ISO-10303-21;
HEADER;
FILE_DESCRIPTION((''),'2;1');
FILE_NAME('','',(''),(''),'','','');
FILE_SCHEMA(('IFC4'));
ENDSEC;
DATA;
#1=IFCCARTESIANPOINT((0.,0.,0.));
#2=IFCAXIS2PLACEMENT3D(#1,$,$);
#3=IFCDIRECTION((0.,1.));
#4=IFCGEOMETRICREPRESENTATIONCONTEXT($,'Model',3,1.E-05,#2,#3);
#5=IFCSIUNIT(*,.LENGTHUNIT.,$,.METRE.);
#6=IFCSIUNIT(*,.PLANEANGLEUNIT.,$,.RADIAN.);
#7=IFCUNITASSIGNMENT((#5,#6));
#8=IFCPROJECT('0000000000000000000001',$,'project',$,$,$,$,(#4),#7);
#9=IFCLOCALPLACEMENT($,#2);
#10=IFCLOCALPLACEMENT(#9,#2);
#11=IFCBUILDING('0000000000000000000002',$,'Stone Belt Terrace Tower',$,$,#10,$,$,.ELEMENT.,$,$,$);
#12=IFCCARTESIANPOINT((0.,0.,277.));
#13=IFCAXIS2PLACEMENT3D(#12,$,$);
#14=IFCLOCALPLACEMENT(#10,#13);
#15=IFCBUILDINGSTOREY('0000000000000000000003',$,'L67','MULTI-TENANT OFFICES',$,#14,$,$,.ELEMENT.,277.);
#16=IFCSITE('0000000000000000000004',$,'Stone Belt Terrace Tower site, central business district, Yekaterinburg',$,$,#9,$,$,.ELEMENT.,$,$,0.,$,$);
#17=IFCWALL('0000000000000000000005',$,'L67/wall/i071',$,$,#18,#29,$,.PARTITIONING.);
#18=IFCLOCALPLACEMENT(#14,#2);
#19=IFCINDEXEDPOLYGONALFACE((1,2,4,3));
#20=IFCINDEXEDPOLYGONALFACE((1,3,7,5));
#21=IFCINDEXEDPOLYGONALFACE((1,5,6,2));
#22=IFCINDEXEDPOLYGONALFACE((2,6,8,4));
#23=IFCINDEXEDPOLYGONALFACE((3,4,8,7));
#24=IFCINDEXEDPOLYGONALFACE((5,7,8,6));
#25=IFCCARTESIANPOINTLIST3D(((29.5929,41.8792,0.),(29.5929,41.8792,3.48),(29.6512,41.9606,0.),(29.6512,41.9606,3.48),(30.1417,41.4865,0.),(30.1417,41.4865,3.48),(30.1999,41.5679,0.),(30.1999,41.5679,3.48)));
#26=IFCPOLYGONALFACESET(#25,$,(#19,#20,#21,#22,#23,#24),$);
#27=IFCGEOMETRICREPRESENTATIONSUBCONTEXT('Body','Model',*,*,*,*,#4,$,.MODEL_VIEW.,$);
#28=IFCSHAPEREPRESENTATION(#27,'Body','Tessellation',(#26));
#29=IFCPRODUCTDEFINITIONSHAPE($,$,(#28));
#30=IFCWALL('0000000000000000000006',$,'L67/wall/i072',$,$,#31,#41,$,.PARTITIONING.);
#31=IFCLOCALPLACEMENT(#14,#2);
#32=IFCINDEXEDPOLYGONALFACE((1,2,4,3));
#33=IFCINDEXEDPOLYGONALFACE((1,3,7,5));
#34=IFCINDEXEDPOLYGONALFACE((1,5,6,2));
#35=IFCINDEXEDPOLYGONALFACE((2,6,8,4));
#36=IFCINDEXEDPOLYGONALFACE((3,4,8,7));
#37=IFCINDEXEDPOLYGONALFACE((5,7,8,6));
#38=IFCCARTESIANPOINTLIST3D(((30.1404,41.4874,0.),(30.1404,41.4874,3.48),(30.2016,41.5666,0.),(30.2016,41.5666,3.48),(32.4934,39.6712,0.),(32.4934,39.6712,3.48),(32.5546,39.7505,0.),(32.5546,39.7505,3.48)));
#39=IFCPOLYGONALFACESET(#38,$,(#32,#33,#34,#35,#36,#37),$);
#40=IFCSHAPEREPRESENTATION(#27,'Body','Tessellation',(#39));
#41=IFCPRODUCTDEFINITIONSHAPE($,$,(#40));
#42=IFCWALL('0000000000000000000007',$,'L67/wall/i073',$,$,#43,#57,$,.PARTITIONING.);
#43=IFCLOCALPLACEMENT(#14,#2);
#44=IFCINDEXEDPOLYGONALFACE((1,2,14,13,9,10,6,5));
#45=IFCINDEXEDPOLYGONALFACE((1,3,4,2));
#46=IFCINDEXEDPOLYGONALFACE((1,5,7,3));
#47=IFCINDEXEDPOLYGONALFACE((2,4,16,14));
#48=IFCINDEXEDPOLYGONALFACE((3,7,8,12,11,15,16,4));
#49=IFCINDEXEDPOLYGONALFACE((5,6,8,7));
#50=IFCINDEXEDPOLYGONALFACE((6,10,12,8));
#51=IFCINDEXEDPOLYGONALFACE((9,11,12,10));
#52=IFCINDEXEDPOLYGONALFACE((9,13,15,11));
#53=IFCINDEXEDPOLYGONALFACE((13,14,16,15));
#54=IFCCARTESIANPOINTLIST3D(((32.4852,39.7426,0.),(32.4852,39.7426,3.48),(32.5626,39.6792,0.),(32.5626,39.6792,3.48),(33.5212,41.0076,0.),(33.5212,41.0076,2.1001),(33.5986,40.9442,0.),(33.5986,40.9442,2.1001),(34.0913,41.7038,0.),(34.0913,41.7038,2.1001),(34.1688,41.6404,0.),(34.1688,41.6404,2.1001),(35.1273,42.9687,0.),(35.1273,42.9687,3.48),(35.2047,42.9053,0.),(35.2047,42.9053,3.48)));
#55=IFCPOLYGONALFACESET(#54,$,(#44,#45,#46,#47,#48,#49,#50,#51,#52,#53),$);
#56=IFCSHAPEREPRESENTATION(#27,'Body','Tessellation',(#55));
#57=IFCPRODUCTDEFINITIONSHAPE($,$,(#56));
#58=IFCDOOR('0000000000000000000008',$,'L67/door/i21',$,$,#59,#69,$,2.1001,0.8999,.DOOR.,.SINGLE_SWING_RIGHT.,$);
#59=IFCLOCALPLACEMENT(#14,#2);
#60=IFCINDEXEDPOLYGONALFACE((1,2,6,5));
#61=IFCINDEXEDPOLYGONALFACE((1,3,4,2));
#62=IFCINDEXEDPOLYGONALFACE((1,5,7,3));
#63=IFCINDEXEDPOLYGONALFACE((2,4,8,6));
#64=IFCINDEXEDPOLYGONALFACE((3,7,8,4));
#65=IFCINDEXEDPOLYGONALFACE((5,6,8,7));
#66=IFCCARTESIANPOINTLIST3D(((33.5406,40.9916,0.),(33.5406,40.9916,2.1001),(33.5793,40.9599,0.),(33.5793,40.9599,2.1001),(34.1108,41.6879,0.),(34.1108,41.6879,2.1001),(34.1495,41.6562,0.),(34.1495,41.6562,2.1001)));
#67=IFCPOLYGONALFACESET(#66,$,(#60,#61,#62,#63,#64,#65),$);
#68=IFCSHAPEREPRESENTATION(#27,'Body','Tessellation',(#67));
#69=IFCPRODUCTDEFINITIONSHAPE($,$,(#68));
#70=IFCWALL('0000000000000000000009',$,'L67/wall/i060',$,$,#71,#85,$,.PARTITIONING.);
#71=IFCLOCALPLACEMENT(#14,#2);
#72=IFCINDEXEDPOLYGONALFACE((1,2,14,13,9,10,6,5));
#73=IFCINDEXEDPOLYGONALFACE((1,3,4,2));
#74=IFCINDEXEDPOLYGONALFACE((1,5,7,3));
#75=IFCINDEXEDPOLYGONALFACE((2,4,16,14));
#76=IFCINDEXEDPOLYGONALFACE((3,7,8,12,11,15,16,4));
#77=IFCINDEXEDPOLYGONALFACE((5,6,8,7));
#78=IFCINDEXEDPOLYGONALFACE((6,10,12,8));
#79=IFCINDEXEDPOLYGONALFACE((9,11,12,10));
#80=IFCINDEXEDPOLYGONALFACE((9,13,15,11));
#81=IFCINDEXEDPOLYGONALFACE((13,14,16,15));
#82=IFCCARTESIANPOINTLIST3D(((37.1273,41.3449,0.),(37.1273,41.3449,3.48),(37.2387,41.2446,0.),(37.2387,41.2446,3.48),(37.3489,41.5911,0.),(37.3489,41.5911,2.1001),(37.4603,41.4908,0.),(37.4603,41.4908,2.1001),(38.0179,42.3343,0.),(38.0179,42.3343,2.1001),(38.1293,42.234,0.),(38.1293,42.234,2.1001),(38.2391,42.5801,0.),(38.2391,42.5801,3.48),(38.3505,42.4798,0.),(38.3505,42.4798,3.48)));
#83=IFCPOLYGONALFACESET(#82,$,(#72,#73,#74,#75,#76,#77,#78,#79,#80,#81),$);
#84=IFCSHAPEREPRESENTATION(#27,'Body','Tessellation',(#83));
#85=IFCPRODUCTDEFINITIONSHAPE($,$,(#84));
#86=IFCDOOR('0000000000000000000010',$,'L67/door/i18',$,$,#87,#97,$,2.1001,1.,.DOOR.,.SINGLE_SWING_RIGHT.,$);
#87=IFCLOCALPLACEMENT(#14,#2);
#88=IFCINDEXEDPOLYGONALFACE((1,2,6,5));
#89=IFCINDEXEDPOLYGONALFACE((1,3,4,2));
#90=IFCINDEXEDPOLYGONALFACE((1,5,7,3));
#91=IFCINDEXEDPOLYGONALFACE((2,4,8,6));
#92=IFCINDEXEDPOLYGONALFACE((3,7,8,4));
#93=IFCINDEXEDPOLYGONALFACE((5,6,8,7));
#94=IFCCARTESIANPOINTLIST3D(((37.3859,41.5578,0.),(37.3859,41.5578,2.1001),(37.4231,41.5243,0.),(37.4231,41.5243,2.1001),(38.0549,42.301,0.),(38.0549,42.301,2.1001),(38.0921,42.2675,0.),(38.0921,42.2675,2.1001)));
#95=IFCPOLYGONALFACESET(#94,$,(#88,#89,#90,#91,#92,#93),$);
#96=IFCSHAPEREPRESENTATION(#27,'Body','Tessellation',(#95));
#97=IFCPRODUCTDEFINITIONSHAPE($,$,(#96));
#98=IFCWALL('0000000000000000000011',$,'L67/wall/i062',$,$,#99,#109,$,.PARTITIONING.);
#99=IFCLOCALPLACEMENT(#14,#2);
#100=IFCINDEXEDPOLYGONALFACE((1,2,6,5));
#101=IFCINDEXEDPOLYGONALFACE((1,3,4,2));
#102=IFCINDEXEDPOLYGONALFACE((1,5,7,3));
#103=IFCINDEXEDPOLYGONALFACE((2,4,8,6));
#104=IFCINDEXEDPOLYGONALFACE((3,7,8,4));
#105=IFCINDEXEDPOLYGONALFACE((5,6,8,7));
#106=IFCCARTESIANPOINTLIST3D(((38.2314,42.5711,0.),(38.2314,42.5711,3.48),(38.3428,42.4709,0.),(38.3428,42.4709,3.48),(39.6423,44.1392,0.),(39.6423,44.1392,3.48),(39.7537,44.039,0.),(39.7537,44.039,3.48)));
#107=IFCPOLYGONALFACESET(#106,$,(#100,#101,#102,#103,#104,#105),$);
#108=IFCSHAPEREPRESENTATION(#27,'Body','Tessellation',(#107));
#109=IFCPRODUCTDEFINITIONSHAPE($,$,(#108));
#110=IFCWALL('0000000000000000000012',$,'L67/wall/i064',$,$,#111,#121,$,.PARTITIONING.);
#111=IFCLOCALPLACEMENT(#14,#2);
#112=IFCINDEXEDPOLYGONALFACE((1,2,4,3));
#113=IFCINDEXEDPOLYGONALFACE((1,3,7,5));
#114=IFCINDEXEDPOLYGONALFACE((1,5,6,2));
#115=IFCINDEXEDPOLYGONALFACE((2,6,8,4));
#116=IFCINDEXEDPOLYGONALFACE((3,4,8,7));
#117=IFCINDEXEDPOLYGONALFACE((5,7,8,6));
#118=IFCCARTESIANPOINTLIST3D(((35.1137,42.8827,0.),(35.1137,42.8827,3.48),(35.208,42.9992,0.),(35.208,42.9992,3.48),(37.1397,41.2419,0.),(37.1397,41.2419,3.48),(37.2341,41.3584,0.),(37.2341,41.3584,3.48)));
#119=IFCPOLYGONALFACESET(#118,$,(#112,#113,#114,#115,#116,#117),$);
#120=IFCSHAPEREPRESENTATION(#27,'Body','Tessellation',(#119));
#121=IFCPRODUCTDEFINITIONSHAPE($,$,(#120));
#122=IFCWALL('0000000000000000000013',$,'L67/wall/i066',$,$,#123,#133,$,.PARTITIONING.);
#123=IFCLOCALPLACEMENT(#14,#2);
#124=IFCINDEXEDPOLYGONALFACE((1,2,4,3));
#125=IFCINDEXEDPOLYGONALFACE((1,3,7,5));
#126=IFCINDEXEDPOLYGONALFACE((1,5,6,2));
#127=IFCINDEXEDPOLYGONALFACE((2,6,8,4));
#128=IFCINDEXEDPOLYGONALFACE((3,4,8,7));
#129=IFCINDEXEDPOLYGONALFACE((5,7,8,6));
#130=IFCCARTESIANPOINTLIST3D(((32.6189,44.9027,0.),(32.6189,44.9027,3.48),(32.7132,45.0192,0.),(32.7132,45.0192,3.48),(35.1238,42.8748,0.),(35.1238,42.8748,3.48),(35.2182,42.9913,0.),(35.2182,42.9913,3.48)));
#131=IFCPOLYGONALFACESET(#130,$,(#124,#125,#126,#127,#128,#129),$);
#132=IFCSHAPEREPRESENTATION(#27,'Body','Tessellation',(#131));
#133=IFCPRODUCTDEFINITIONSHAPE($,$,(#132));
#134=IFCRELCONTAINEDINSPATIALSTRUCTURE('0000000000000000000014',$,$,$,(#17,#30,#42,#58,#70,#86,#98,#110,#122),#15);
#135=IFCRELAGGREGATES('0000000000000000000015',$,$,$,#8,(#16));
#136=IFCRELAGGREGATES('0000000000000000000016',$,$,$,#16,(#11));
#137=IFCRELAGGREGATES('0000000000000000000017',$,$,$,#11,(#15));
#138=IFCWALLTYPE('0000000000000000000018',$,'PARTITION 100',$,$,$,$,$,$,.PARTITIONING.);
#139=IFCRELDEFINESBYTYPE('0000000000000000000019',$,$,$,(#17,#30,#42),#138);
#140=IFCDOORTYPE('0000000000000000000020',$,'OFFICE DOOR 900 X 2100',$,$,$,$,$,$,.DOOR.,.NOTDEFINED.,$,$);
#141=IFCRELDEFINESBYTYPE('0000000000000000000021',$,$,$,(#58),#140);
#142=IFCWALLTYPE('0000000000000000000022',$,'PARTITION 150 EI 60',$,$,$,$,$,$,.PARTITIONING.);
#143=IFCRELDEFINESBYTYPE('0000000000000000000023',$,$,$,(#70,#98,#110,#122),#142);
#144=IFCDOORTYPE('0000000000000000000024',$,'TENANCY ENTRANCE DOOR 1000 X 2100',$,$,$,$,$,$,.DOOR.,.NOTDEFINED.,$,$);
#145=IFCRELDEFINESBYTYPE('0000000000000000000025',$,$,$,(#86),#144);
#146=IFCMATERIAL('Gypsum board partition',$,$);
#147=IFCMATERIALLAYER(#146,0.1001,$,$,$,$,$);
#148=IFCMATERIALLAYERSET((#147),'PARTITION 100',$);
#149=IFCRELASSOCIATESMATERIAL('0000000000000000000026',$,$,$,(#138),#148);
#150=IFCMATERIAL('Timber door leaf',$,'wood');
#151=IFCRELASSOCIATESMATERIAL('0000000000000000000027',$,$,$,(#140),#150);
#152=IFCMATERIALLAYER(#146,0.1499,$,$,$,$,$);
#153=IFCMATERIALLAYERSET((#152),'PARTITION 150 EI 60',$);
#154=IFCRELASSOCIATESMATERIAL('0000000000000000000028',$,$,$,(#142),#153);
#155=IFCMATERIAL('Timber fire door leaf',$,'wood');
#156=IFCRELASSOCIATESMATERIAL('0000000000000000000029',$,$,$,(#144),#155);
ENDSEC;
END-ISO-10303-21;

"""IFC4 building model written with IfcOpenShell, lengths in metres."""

from ifc_helpers import new_model, si_unit, direction, frame, frame_2d, origin, place, context, subcontext, project, spatial, rectangle, extrude, material, layer, layer_set, type_object, element, fill, save


model = new_model("IFC4")

# Units and contexts
model_context = context("Model", 3, precision=1e-05, world=origin(), true_north=direction((0.0, 1.0)))
body_context = subcontext(model_context, "Body", "Model", "MODEL_VIEW")
ifc_project = project(units=[si_unit("LENGTHUNIT", "METRE"), si_unit("PLANEANGLEUNIT", "RADIAN")], contexts=[model_context])

# Site, building, storey
site_placement = place(None, origin())
site = spatial("IfcSite", under=ifc_project, at=site_placement, Name="Stone Belt Terrace Tower site, central business district, Yekaterinburg", CompositionType="ELEMENT", RefElevation=0.0)
building_placement = place(site_placement, origin())
building = spatial("IfcBuilding", under=site, at=building_placement, Name="Stone Belt Terrace Tower", CompositionType="ELEMENT")
storey_placement = place(building_placement, frame((0.0, 0.0, 277.0)))
storey = spatial("IfcBuildingStorey", under=building, at=storey_placement, Name="L67", Description="MULTI-TENANT OFFICES", CompositionType="ELEMENT", Elevation=277.0)

# Walls
ifc_material_1 = material(Name="Gypsum board partition")
ifc_layer_1 = layer(ifc_material_1, 0.1001)
ifc_layer_set_1 = layer_set([ifc_layer_1], Name="PARTITION 100")
wall_type_1 = type_object("IfcWallType", Name="PARTITION 100", PredefinedType="PARTITIONING", material=ifc_layer_set_1)
wall_1_placement = place(storey_placement, frame((29.6221, 41.9199, 0.0), z_axis=(0.0, 0.0, 1.0), x_axis=(0.813171, -0.582025, 0.0)))
element("IfcWall", 1, at=wall_1_placement, inside=storey, type_object=wall_type_1, Name="L67/wall/i071", PredefinedType="PARTITIONING", context=body_context, shape_type="SweptSolid", body=[
    extrude(rectangle(XDim=0.6748, YDim=0.1001, at=frame_2d((0.3374, 0.0))), origin(), (0.0, 0.0, 1.0), 3.48),
])
wall_2_placement = place(storey_placement, frame((30.1709, 41.5271, 0.0), z_axis=(0.0, 0.0, 1.0), x_axis=(0.791624, -0.611008, 0.0)))
element("IfcWall", 2, at=wall_2_placement, inside=storey, type_object=wall_type_1, Name="L67/wall/i072", PredefinedType="PARTITIONING", context=body_context, shape_type="SweptSolid", body=[
    extrude(rectangle(XDim=2.9724, YDim=0.1001, at=frame_2d((1.4863, 0.0))), origin(), (0.0, 0.0, 1.0), 3.48),
])

# Walls, openings, doors
wall_3_placement = place(storey_placement, frame((32.5239, 39.7109, 0.0), z_axis=(0.0, 0.0, 1.0), x_axis=(0.633608, 0.773655, 0.0)))
wall_3 = element("IfcWall", 3, at=wall_3_placement, inside=storey, type_object=wall_type_1, Name="L67/wall/i073", PredefinedType="PARTITIONING", context=body_context, shape_type="SweptSolid", body=[
    extrude(rectangle(XDim=4.1699, YDim=0.1001, at=frame_2d((2.085, 0.0))), origin(), (0.0, 0.0, 1.0), 3.48),
])
opening_1_placement = place(wall_3_placement, frame((1.635, 0.0, 0.0)))
opening_1 = element("IfcOpeningElement", 4, at=opening_1_placement, cuts=wall_3, PredefinedType="OPENING", context=body_context, shape_type="SweptSolid", body=[
    extrude(rectangle(XDim=0.8999, YDim=2.1001, at=frame_2d((0.45, 1.05))), frame((0.0, 0.0601, 0.0), z_axis=(0.0, -1.0, 0.0), x_axis=(1.0, 0.0, 0.0)), (0.0, 0.0, 1.0), 0.1201),
])
ifc_material_2 = material(Name="Timber door leaf", Category="wood")
door_type_1 = type_object("IfcDoorType", Name="OFFICE DOOR 900 X 2100", OperationType="NOTDEFINED", PredefinedType="DOOR", material=ifc_material_2)
door_1_placement = place(opening_1_placement, origin())
door_1 = element("IfcDoor", 5, at=door_1_placement, inside=storey, type_object=door_type_1, Name="L67/door/i21", OperationType="SINGLE_SWING_RIGHT", OverallHeight=2.1001, OverallWidth=0.8999, PredefinedType="DOOR", context=body_context, shape_type="SweptSolid", body=[
    extrude(rectangle(XDim=0.8999, YDim=2.1001, at=frame_2d((0.45, 1.05))), frame((0.0, 0.0249, 0.0), z_axis=(0.0, -1.0, 0.0), x_axis=(1.0, 0.0, 0.0)), (0.0, 0.0, 1.0), 0.05),
])
fill(opening_1, door_1)
ifc_layer_2 = layer(ifc_material_1, 0.1499)
ifc_layer_set_2 = layer_set([ifc_layer_2], Name="PARTITION 150 EI 60")
wall_type_2 = type_object("IfcWallType", Name="PARTITION 150 EI 60", PredefinedType="PARTITIONING", material=ifc_layer_set_2)
wall_4_placement = place(storey_placement, frame((38.2949, 42.53, 0.0), z_axis=(0.0, 0.0, 1.0), x_axis=(-0.669038, -0.743228, 0.0)))
wall_4 = element("IfcWall", 6, at=wall_4_placement, inside=storey, type_object=wall_type_2, Name="L67/wall/i060", PredefinedType="PARTITIONING", context=body_context, shape_type="SweptSolid", body=[
    extrude(rectangle(XDim=1.6619, YDim=0.1499, at=frame_2d((0.8311, 0.0))), origin(), (0.0, 0.0, 1.0), 3.48),
])
opening_2_placement = place(wall_4_placement, frame((0.3308, 0.0, 0.0)))
opening_2 = element("IfcOpeningElement", 7, at=opening_2_placement, cuts=wall_4, PredefinedType="OPENING", context=body_context, shape_type="SweptSolid", body=[
    extrude(rectangle(XDim=1.0, YDim=2.1001, at=frame_2d((0.5, 1.05))), frame((0.0, 0.085, 0.0), z_axis=(0.0, -1.0, 0.0), x_axis=(1.0, 0.0, 0.0)), (0.0, 0.0, 1.0), 0.1699),
])
ifc_material_3 = material(Name="Timber fire door leaf", Category="wood")
door_type_2 = type_object("IfcDoorType", Name="TENANCY ENTRANCE DOOR 1000 X 2100", OperationType="NOTDEFINED", PredefinedType="DOOR", material=ifc_material_3)
door_2_placement = place(opening_2_placement, origin())
door_2 = element("IfcDoor", 8, at=door_2_placement, inside=storey, type_object=door_type_2, Name="L67/door/i18", OperationType="SINGLE_SWING_RIGHT", OverallHeight=2.1001, OverallWidth=1.0, PredefinedType="DOOR", context=body_context, shape_type="SweptSolid", body=[
    extrude(rectangle(XDim=1.0, YDim=2.1001, at=frame_2d((0.5, 1.05))), frame((0.0, 0.0249, 0.0), z_axis=(0.0, -1.0, 0.0), x_axis=(1.0, 0.0, 0.0)), (0.0, 0.0, 1.0), 0.05),
])
fill(opening_2, door_2)

# Walls
wall_5_placement = place(storey_placement, frame((38.2871, 42.521, 0.0), z_axis=(0.0, 0.0, 1.0), x_axis=(0.668856, 0.743392, 0.0)))
element("IfcWall", 9, at=wall_5_placement, inside=storey, type_object=wall_type_2, Name="L67/wall/i062", PredefinedType="PARTITIONING", context=body_context, shape_type="SweptSolid", body=[
    extrude(rectangle(XDim=2.1094, YDim=0.1499, at=frame_2d((1.0547, 0.0))), origin(), (0.0, 0.0, 1.0), 3.48),
])
wall_6_placement = place(storey_placement, frame((37.187, 41.3, 0.0), z_axis=(0.0, 0.0, 1.0), x_axis=(-0.777118, 0.629354, 0.0)))
element("IfcWall", 10, at=wall_6_placement, inside=storey, type_object=wall_type_2, Name="L67/wall/i064", PredefinedType="PARTITIONING", context=body_context, shape_type="SweptSolid", body=[
    extrude(rectangle(XDim=2.6072, YDim=0.1499, at=frame_2d((1.3037, 0.0))), origin(), (0.0, 0.0, 1.0), 3.48),
])
wall_7_placement = place(storey_placement, frame((35.1709, 42.9331, 0.0), z_axis=(0.0, 0.0, 1.0), x_axis=(-0.777234, 0.629211, 0.0)))
element("IfcWall", 11, at=wall_7_placement, inside=storey, type_object=wall_type_2, Name="L67/wall/i066", PredefinedType="PARTITIONING", context=body_context, shape_type="SweptSolid", body=[
    extrude(rectangle(XDim=3.2229, YDim=0.1499, at=frame_2d((1.6113, 0.0))), origin(), (0.0, 0.0, 1.0), 3.48),
])

save(model, "model.ifc")
